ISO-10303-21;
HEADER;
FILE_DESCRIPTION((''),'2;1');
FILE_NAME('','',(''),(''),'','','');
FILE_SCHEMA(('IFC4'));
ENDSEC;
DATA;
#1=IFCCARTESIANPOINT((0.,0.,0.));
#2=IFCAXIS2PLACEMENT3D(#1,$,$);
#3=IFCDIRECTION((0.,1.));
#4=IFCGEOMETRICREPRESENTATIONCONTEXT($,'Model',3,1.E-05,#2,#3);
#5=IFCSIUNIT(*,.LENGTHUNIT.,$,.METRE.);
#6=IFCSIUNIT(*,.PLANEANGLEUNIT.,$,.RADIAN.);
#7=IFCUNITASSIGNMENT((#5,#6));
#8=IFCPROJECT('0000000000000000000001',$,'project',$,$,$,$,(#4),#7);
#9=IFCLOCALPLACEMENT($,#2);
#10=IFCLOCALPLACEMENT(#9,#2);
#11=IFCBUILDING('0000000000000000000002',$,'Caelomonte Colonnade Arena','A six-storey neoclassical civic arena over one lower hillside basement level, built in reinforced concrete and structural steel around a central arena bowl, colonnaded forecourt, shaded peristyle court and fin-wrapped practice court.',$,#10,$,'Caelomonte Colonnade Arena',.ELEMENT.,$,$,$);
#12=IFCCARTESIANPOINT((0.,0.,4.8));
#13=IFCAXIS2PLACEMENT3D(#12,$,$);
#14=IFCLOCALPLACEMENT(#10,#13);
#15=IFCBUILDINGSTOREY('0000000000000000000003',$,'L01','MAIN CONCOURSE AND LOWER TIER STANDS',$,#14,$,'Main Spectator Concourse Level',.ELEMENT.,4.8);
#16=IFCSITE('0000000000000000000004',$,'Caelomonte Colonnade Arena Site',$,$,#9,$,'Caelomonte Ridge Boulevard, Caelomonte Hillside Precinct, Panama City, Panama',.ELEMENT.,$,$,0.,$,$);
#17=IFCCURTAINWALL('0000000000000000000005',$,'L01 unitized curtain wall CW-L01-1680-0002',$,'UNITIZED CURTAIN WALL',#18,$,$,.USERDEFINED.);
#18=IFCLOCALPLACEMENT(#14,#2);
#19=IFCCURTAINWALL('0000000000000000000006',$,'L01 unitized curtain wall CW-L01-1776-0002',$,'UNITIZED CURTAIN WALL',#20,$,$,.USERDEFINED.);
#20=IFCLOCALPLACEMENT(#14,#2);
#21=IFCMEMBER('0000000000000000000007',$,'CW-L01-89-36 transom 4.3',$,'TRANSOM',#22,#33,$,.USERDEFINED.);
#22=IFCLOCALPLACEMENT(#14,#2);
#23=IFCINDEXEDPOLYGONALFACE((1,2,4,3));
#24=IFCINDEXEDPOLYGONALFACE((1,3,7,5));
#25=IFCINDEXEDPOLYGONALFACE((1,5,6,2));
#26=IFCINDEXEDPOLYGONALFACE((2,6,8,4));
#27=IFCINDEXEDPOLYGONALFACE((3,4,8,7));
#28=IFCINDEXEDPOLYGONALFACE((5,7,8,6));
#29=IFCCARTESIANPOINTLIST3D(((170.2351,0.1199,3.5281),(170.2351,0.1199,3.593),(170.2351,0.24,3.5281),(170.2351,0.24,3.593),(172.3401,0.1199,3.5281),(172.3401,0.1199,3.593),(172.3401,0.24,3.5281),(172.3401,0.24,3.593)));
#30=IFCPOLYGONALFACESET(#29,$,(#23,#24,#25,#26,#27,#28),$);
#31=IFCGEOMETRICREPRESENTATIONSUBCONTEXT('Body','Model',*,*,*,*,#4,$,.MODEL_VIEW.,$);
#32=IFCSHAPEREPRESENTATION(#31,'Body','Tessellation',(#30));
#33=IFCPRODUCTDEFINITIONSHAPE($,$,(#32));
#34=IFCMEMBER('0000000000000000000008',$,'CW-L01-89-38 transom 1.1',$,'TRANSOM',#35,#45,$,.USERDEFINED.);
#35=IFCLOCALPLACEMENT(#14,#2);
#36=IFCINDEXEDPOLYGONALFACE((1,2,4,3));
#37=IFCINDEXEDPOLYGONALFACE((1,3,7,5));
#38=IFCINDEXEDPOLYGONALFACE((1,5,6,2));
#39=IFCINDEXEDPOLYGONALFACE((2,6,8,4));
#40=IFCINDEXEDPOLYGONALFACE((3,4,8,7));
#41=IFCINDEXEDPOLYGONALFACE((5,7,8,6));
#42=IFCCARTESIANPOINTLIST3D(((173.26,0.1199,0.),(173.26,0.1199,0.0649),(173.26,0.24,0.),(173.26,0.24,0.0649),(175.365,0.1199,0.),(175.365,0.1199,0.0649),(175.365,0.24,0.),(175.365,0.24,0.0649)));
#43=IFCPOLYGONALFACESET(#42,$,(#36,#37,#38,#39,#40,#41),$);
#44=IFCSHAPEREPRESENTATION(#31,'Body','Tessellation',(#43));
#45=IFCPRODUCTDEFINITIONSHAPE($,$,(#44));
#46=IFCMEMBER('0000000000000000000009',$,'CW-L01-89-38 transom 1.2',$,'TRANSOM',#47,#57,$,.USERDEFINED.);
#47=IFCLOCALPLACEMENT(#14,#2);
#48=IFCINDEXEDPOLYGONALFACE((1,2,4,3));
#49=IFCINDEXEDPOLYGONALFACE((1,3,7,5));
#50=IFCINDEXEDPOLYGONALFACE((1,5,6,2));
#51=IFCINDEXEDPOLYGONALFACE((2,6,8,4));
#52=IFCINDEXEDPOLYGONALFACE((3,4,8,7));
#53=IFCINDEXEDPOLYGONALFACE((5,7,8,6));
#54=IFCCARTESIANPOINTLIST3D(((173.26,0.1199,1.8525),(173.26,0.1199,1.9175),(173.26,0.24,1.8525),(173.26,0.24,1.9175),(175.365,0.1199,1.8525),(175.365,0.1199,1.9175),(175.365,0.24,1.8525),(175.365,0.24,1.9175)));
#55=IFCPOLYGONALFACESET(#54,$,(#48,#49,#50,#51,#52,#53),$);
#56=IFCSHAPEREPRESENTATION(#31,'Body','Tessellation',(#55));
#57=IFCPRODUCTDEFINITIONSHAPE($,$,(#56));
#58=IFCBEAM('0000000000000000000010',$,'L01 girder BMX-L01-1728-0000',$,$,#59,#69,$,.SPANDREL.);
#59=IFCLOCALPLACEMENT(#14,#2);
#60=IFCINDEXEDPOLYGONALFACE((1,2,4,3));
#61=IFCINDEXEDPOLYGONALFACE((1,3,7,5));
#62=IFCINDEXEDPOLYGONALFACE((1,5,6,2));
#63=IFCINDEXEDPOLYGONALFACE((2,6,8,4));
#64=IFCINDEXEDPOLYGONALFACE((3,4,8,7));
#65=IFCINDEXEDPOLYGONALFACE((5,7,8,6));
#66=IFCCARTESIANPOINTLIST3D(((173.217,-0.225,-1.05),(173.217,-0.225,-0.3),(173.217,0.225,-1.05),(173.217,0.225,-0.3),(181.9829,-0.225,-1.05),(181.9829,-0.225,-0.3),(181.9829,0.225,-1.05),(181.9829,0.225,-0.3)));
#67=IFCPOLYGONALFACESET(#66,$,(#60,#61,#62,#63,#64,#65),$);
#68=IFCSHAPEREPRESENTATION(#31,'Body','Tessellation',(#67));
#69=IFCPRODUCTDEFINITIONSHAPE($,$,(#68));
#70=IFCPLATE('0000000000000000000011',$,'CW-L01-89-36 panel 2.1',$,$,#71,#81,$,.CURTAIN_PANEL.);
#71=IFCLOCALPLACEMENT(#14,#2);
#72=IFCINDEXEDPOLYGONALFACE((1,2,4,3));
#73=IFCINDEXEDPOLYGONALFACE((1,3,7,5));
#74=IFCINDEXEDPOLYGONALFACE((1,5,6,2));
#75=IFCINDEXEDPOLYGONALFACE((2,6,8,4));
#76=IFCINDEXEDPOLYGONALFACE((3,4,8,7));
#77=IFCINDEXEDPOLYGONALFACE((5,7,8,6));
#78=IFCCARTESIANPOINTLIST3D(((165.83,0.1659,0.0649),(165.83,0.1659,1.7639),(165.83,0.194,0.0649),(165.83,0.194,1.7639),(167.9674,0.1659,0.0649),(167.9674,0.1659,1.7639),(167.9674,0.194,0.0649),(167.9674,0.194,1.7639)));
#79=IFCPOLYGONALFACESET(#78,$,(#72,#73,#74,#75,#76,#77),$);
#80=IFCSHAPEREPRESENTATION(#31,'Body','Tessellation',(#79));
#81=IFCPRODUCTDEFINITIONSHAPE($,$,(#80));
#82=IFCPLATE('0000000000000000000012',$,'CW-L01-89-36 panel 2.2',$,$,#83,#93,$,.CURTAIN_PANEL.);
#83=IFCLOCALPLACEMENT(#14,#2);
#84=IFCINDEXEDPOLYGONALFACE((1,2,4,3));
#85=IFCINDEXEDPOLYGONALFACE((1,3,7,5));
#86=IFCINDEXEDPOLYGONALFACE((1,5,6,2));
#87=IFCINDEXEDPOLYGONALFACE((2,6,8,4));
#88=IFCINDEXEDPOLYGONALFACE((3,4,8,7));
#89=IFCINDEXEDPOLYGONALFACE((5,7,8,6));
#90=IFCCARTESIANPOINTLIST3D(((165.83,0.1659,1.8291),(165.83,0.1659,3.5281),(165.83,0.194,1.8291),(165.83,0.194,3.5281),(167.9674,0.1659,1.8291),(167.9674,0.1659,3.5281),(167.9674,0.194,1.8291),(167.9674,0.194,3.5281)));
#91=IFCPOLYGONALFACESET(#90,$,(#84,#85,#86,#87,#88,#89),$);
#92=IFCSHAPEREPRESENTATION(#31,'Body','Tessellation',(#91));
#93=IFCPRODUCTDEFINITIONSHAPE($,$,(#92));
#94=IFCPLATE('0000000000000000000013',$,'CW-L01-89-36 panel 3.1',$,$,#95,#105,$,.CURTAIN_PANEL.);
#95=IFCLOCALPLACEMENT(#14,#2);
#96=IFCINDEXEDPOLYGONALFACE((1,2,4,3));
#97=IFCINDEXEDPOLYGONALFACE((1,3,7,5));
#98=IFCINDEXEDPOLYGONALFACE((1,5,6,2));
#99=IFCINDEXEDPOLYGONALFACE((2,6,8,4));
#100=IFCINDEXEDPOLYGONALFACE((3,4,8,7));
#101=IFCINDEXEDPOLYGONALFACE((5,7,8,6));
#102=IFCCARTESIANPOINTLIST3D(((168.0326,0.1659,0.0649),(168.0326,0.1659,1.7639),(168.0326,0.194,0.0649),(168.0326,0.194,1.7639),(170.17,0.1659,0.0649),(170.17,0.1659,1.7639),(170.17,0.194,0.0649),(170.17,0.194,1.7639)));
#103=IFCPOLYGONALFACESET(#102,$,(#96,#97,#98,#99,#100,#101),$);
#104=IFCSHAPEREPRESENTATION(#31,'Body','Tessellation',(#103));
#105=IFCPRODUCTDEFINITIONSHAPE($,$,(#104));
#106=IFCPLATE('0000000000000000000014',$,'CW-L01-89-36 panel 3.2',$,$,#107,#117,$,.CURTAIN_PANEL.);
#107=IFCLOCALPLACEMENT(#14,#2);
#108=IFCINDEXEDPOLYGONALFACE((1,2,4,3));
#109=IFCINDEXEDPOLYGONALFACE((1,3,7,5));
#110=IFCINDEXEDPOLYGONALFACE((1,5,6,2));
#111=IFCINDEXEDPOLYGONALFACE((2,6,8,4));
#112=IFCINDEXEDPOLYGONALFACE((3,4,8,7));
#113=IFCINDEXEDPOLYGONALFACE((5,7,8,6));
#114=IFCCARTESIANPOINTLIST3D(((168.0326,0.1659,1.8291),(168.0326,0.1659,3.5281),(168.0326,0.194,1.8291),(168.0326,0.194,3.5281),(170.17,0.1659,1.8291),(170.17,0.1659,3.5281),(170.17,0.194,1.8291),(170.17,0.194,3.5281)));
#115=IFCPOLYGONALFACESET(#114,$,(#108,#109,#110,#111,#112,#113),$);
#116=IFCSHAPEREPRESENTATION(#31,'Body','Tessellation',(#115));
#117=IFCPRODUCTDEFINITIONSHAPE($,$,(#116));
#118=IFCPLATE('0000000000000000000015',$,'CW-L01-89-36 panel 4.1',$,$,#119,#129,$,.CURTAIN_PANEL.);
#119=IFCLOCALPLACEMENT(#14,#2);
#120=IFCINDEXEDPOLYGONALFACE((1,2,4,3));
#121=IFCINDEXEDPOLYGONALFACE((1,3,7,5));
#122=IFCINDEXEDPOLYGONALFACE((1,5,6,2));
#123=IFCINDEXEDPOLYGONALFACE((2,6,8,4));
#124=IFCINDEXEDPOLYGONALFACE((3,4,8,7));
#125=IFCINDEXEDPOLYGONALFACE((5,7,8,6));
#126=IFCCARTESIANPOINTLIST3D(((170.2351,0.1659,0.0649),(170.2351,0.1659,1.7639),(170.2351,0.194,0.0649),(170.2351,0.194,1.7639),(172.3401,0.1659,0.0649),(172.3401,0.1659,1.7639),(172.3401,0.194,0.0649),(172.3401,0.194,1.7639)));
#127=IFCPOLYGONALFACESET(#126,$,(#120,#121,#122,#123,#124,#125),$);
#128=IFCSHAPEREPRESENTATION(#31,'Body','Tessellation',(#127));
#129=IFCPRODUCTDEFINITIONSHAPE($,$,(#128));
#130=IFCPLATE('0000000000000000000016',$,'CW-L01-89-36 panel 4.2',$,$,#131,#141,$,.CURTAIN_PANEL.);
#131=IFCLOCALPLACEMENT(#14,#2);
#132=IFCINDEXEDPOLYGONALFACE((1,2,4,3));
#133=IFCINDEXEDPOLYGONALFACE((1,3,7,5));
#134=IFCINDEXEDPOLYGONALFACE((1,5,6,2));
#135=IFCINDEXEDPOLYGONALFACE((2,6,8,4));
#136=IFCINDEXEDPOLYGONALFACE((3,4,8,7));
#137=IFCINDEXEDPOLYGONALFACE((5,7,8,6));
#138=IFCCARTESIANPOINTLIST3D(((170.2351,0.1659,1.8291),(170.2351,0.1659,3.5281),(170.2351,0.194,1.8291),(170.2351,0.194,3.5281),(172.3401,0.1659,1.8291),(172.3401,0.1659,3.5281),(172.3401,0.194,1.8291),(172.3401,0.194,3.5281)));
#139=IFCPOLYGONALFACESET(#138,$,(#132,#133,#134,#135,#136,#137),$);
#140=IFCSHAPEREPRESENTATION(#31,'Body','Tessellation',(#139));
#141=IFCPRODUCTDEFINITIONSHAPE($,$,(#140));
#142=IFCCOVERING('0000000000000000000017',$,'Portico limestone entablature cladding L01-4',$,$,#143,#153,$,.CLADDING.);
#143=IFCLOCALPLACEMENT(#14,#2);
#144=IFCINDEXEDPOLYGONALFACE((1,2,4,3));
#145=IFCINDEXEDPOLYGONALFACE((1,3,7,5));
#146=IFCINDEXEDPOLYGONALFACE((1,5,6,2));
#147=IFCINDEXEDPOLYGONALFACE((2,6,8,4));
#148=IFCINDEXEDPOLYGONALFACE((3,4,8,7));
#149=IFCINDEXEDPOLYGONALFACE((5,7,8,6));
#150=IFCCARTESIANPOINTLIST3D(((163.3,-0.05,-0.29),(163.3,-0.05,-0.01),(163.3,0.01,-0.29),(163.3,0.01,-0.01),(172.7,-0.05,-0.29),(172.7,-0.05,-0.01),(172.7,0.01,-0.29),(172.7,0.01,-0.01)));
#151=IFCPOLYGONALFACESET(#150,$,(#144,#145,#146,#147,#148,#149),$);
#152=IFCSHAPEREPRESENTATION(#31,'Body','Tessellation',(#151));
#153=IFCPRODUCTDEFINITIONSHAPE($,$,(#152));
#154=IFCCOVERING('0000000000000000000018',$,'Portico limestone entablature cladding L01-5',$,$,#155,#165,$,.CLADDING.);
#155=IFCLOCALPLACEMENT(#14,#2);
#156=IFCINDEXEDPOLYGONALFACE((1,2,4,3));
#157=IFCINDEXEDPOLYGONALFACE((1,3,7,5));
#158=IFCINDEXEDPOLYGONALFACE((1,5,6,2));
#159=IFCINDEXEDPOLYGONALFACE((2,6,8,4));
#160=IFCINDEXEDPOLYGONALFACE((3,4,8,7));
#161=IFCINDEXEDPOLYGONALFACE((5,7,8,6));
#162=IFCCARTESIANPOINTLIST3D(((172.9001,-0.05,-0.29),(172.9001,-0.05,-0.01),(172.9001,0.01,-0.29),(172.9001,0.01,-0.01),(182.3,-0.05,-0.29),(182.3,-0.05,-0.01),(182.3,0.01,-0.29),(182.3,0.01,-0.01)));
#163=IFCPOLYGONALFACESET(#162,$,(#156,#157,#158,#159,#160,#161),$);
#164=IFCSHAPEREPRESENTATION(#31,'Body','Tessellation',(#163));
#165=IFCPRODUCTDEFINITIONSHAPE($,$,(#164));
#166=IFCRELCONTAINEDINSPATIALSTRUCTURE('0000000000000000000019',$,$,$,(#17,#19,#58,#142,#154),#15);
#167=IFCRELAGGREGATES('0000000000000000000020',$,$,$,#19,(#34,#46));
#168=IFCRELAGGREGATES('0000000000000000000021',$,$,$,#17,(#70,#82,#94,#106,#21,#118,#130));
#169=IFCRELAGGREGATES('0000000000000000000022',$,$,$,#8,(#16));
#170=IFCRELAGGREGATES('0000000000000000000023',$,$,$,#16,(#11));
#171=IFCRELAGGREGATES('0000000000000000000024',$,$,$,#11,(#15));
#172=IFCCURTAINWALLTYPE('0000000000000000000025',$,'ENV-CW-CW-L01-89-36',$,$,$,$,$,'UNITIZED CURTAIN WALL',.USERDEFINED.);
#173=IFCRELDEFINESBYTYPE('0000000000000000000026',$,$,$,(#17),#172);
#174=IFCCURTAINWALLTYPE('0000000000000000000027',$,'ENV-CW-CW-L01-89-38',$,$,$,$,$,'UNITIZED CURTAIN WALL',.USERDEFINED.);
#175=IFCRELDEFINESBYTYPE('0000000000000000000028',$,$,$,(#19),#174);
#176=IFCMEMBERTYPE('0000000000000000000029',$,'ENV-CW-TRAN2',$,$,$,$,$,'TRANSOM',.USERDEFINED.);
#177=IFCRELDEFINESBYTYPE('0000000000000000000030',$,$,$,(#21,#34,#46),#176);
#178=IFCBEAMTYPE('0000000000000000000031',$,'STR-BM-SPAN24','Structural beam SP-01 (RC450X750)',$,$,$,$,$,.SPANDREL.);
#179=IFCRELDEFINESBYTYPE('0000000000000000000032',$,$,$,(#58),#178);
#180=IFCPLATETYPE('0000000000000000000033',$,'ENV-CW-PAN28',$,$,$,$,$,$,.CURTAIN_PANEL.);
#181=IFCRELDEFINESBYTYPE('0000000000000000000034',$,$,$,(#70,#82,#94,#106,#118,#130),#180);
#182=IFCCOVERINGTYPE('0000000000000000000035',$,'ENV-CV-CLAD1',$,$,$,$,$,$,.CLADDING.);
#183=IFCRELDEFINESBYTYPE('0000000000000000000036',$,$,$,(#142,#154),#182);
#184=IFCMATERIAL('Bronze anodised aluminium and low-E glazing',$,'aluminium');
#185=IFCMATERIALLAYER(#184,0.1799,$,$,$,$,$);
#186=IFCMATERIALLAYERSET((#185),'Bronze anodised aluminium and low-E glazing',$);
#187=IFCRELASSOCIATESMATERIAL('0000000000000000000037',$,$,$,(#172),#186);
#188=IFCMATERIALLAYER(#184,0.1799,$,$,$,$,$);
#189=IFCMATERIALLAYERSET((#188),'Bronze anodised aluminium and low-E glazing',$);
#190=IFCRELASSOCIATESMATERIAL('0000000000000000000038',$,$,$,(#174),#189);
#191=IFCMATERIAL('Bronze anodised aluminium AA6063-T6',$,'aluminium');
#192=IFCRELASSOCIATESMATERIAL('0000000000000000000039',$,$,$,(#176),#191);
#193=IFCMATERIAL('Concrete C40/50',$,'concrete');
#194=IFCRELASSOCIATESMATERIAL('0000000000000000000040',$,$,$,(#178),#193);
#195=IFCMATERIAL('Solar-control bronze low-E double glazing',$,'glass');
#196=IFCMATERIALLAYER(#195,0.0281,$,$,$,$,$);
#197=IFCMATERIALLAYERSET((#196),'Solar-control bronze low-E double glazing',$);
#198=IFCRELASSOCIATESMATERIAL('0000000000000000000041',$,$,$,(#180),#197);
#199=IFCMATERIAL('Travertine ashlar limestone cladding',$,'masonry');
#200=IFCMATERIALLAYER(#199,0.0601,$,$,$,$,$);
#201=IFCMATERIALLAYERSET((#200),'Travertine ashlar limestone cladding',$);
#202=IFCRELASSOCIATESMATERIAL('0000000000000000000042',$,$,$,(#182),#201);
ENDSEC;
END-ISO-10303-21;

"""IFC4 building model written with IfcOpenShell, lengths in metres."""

from ifc_helpers import new_model, si_unit, direction, frame, origin, origin_2d, place, context, subcontext, project, spatial, rectangle, extrude, material, layer, layer_set, material_profile, profile_set, type_object, element, aggregate, save


model = new_model("IFC4")

# Units and contexts
model_context = context("Model", 3, precision=1e-05, world=origin(), true_north=direction((0.0, 1.0)))
body_context = subcontext(model_context, "Body", "Model", "MODEL_VIEW")
ifc_project = project(units=[si_unit("LENGTHUNIT", "METRE"), si_unit("PLANEANGLEUNIT", "RADIAN")], contexts=[model_context])

# Site, building, storey
site_placement = place(None, origin())
site = spatial("IfcSite", under=ifc_project, at=site_placement, Name="Caelomonte Colonnade Arena Site", LongName="Caelomonte Ridge Boulevard, Caelomonte Hillside Precinct, Panama City, Panama", CompositionType="ELEMENT", RefElevation=0.0)
building_placement = place(site_placement, origin())
building = spatial("IfcBuilding", under=site, at=building_placement, Name="Caelomonte Colonnade Arena", Description="A six-storey neoclassical civic arena over one lower hillside basement level, built in reinforced concrete and structural steel around a central arena bowl, colonnaded forecourt, shaded peristyle court and fin-wrapped practice court.", LongName="Caelomonte Colonnade Arena", CompositionType="ELEMENT")
storey_placement = place(building_placement, frame((0.0, 0.0, 4.8)))
storey = spatial("IfcBuildingStorey", under=building, at=storey_placement, Name="L01", Description="MAIN CONCOURSE AND LOWER TIER STANDS", LongName="Main Spectator Concourse Level", CompositionType="ELEMENT", Elevation=4.8)

# Shared definitions
ifc_material_1 = material(Name="Concrete C40/50", Category="concrete")

# Curtain wall
ifc_material_2 = material(Name="Bronze anodised aluminium and low-E glazing", Category="aluminium")
ifc_layer_1 = layer(ifc_material_2, 0.1799)
ifc_layer_set_1 = layer_set([ifc_layer_1], Name="Bronze anodised aluminium and low-E glazing")
curtain_wall_type_1 = type_object("IfcCurtainWallType", Name="ENV-CW-CW-L01-89-36", ElementType="UNITIZED CURTAIN WALL", PredefinedType="USERDEFINED", material=ifc_layer_set_1)
curtain_wall_1_placement = place(storey_placement, origin())
curtain_wall_1 = element("IfcCurtainWall", 1, at=curtain_wall_1_placement, inside=storey, type_object=curtain_wall_type_1, Name="L01 unitized curtain wall CW-L01-1680-0002", ObjectType="UNITIZED CURTAIN WALL", PredefinedType="USERDEFINED")
ifc_material_3 = material(Name="Bronze anodised aluminium AA6063-T6", Category="aluminium")

# Curtain wall
ifc_layer_2 = layer(ifc_material_2, 0.1799)
ifc_layer_set_2 = layer_set([ifc_layer_2], Name="Bronze anodised aluminium and low-E glazing")
curtain_wall_type_2 = type_object("IfcCurtainWallType", Name="ENV-CW-CW-L01-89-38", ElementType="UNITIZED CURTAIN WALL", PredefinedType="USERDEFINED", material=ifc_layer_set_2)
curtain_wall_2_placement = place(storey_placement, origin())
curtain_wall_2 = element("IfcCurtainWall", 2, at=curtain_wall_2_placement, inside=storey, type_object=curtain_wall_type_2, Name="L01 unitized curtain wall CW-L01-1776-0002", ObjectType="UNITIZED CURTAIN WALL", PredefinedType="USERDEFINED")

# Members
ifc_material_profile_1 = material_profile(ifc_material_3, rectangle(XDim=0.0649, YDim=0.1201, at=origin_2d()), Name="CWT-65X120")
ifc_profile_set_1 = profile_set([ifc_material_profile_1], Name="Bronze anodised aluminium AA6063-T6")
member_type_1 = type_object("IfcMemberType", Name="ENV-CW-TRAN2", ElementType="TRANSOM", PredefinedType="USERDEFINED", material=ifc_profile_set_1)
member_1_placement = place(storey_placement, frame((170.2351, 0.1799, 3.5605), z_axis=(1.0, 0.0, 0.0), x_axis=(0.0, 0.0, 1.0)))
member_1 = element("IfcMember", 3, at=member_1_placement, type_object=member_type_1, Name="CW-L01-89-36 transom 4.3", ObjectType="TRANSOM", PredefinedType="USERDEFINED", context=body_context, shape_type="SweptSolid", body=[
    extrude(rectangle(XDim=0.0649, YDim=0.1201, at=origin_2d()), origin(), (0.0, 0.0, 1.0), 2.105),
])
member_2_placement = place(storey_placement, frame((173.26, 0.1799, 0.0325), z_axis=(1.0, 0.0, 0.0), x_axis=(0.0, 0.0, 1.0)))
member_2 = element("IfcMember", 4, at=member_2_placement, type_object=member_type_1, Name="CW-L01-89-38 transom 1.1", ObjectType="TRANSOM", PredefinedType="USERDEFINED", context=body_context, shape_type="SweptSolid", body=[
    extrude(rectangle(XDim=0.0649, YDim=0.1201, at=origin_2d()), origin(), (0.0, 0.0, 1.0), 2.105),
])
member_3_placement = place(storey_placement, frame((173.26, 0.1799, 1.885), z_axis=(1.0, 0.0, 0.0), x_axis=(0.0, 0.0, 1.0)))
member_3 = element("IfcMember", 5, at=member_3_placement, type_object=member_type_1, Name="CW-L01-89-38 transom 1.2", ObjectType="TRANSOM", PredefinedType="USERDEFINED", context=body_context, shape_type="SweptSolid", body=[
    extrude(rectangle(XDim=0.0649, YDim=0.1201, at=origin_2d()), origin(), (0.0, 0.0, 1.0), 2.105),
])
aggregate(curtain_wall_2, [member_2, member_3])

# Beam
ifc_material_profile_2 = material_profile(ifc_material_1, rectangle(XDim=0.45, YDim=0.75, at=origin_2d()), Name="RC450X750")
ifc_profile_set_2 = profile_set([ifc_material_profile_2], Name="Concrete C40/50")
beam_type = type_object("IfcBeamType", Name="STR-BM-SPAN24", Description="Structural beam SP-01 (RC450X750)", PredefinedType="SPANDREL", material=ifc_profile_set_2)
beam_placement = place(storey_placement, frame((173.217, 0.0, -0.675), z_axis=(1.0, 0.0, 0.0), x_axis=(0.0, 1.0, 0.0)))
element("IfcBeam", 6, at=beam_placement, inside=storey, type_object=beam_type, Name="L01 girder BMX-L01-1728-0000", PredefinedType="SPANDREL", context=body_context, shape_type="SweptSolid", body=[
    extrude(rectangle(XDim=0.45, YDim=0.75, at=origin_2d()), origin(), (0.0, 0.0, 1.0), 8.7659),
])

# Plates
ifc_material_4 = material(Name="Solar-control bronze low-E double glazing", Category="glass")
ifc_layer_3 = layer(ifc_material_4, 0.0281)
ifc_layer_set_3 = layer_set([ifc_layer_3], Name="Solar-control bronze low-E double glazing")
plate_type = type_object("IfcPlateType", Name="ENV-CW-PAN28", PredefinedType="CURTAIN_PANEL", material=ifc_layer_set_3)
plate_1_placement = place(storey_placement, frame((166.8987, 0.1799, 0.0649), z_axis=(0.0, 0.0, 1.0), x_axis=(1.0, 0.0, 0.0)))
plate_1 = element("IfcPlate", 7, at=plate_1_placement, type_object=plate_type, Name="CW-L01-89-36 panel 2.1", PredefinedType="CURTAIN_PANEL", context=body_context, shape_type="SweptSolid", body=[
    extrude(rectangle(XDim=2.1375, YDim=0.0281, at=origin_2d()), origin(), (0.0, 0.0, 1.0), 1.699),
])
plate_2_placement = place(storey_placement, frame((166.8987, 0.1799, 1.8291), z_axis=(0.0, 0.0, 1.0), x_axis=(1.0, 0.0, 0.0)))
plate_2 = element("IfcPlate", 8, at=plate_2_placement, type_object=plate_type, Name="CW-L01-89-36 panel 2.2", PredefinedType="CURTAIN_PANEL", context=body_context, shape_type="SweptSolid", body=[
    extrude(rectangle(XDim=2.1375, YDim=0.0281, at=origin_2d()), origin(), (0.0, 0.0, 1.0), 1.699),
])
plate_3_placement = place(storey_placement, frame((169.1013, 0.1799, 0.0649), z_axis=(0.0, 0.0, 1.0), x_axis=(1.0, 0.0, 0.0)))
plate_3 = element("IfcPlate", 9, at=plate_3_placement, type_object=plate_type, Name="CW-L01-89-36 panel 3.1", PredefinedType="CURTAIN_PANEL", context=body_context, shape_type="SweptSolid", body=[
    extrude(rectangle(XDim=2.1375, YDim=0.0281, at=origin_2d()), origin(), (0.0, 0.0, 1.0), 1.699),
])
plate_4_placement = place(storey_placement, frame((169.1013, 0.1799, 1.8291), z_axis=(0.0, 0.0, 1.0), x_axis=(1.0, 0.0, 0.0)))
plate_4 = element("IfcPlate", 10, at=plate_4_placement, type_object=plate_type, Name="CW-L01-89-36 panel 3.2", PredefinedType="CURTAIN_PANEL", context=body_context, shape_type="SweptSolid", body=[
    extrude(rectangle(XDim=2.1375, YDim=0.0281, at=origin_2d()), origin(), (0.0, 0.0, 1.0), 1.699),
])
plate_5_placement = place(storey_placement, frame((171.2876, 0.1799, 0.0649), z_axis=(0.0, 0.0, 1.0), x_axis=(1.0, 0.0, 0.0)))
plate_5 = element("IfcPlate", 11, at=plate_5_placement, type_object=plate_type, Name="CW-L01-89-36 panel 4.1", PredefinedType="CURTAIN_PANEL", context=body_context, shape_type="SweptSolid", body=[
    extrude(rectangle(XDim=2.105, YDim=0.0281, at=origin_2d()), origin(), (0.0, 0.0, 1.0), 1.699),
])
plate_6_placement = place(storey_placement, frame((171.2876, 0.1799, 1.8291), z_axis=(0.0, 0.0, 1.0), x_axis=(1.0, 0.0, 0.0)))
plate_6 = element("IfcPlate", 12, at=plate_6_placement, type_object=plate_type, Name="CW-L01-89-36 panel 4.2", PredefinedType="CURTAIN_PANEL", context=body_context, shape_type="SweptSolid", body=[
    extrude(rectangle(XDim=2.105, YDim=0.0281, at=origin_2d()), origin(), (0.0, 0.0, 1.0), 1.699),
])
aggregate(curtain_wall_1, [plate_1, plate_2, plate_3, plate_4, member_1, plate_5, plate_6])

# Coverings
ifc_material_5 = material(Name="Travertine ashlar limestone cladding", Category="masonry")
ifc_layer_4 = layer(ifc_material_5, 0.0601)
ifc_layer_set_4 = layer_set([ifc_layer_4], Name="Travertine ashlar limestone cladding")
covering_type = type_object("IfcCoveringType", Name="ENV-CV-CLAD1", PredefinedType="CLADDING", material=ifc_layer_set_4)
for number, where, z_axis, x_axis, name in (
    (13, (168.0, -0.02, -0.29), (0.0, 0.0, 1.0), (1.0, 0.0, 0.0), "Portico limestone entablature cladding L01-4"),
    (14, (177.6001, -0.02, -0.29), (0.0, 0.0, 1.0), (1.0, 0.0, 0.0), "Portico limestone entablature cladding L01-5"),
):
    element("IfcCovering", number, at=place(storey_placement, frame(where, z_axis=z_axis, x_axis=x_axis)), inside=storey, type_object=covering_type, Name=name, PredefinedType="CLADDING", context=body_context, shape_type="SweptSolid", body=[
        extrude(rectangle(XDim=9.3999, YDim=0.0601, at=origin_2d()), origin(), (0.0, 0.0, 1.0), 0.28),
    ])

save(model, "model.ifc")
